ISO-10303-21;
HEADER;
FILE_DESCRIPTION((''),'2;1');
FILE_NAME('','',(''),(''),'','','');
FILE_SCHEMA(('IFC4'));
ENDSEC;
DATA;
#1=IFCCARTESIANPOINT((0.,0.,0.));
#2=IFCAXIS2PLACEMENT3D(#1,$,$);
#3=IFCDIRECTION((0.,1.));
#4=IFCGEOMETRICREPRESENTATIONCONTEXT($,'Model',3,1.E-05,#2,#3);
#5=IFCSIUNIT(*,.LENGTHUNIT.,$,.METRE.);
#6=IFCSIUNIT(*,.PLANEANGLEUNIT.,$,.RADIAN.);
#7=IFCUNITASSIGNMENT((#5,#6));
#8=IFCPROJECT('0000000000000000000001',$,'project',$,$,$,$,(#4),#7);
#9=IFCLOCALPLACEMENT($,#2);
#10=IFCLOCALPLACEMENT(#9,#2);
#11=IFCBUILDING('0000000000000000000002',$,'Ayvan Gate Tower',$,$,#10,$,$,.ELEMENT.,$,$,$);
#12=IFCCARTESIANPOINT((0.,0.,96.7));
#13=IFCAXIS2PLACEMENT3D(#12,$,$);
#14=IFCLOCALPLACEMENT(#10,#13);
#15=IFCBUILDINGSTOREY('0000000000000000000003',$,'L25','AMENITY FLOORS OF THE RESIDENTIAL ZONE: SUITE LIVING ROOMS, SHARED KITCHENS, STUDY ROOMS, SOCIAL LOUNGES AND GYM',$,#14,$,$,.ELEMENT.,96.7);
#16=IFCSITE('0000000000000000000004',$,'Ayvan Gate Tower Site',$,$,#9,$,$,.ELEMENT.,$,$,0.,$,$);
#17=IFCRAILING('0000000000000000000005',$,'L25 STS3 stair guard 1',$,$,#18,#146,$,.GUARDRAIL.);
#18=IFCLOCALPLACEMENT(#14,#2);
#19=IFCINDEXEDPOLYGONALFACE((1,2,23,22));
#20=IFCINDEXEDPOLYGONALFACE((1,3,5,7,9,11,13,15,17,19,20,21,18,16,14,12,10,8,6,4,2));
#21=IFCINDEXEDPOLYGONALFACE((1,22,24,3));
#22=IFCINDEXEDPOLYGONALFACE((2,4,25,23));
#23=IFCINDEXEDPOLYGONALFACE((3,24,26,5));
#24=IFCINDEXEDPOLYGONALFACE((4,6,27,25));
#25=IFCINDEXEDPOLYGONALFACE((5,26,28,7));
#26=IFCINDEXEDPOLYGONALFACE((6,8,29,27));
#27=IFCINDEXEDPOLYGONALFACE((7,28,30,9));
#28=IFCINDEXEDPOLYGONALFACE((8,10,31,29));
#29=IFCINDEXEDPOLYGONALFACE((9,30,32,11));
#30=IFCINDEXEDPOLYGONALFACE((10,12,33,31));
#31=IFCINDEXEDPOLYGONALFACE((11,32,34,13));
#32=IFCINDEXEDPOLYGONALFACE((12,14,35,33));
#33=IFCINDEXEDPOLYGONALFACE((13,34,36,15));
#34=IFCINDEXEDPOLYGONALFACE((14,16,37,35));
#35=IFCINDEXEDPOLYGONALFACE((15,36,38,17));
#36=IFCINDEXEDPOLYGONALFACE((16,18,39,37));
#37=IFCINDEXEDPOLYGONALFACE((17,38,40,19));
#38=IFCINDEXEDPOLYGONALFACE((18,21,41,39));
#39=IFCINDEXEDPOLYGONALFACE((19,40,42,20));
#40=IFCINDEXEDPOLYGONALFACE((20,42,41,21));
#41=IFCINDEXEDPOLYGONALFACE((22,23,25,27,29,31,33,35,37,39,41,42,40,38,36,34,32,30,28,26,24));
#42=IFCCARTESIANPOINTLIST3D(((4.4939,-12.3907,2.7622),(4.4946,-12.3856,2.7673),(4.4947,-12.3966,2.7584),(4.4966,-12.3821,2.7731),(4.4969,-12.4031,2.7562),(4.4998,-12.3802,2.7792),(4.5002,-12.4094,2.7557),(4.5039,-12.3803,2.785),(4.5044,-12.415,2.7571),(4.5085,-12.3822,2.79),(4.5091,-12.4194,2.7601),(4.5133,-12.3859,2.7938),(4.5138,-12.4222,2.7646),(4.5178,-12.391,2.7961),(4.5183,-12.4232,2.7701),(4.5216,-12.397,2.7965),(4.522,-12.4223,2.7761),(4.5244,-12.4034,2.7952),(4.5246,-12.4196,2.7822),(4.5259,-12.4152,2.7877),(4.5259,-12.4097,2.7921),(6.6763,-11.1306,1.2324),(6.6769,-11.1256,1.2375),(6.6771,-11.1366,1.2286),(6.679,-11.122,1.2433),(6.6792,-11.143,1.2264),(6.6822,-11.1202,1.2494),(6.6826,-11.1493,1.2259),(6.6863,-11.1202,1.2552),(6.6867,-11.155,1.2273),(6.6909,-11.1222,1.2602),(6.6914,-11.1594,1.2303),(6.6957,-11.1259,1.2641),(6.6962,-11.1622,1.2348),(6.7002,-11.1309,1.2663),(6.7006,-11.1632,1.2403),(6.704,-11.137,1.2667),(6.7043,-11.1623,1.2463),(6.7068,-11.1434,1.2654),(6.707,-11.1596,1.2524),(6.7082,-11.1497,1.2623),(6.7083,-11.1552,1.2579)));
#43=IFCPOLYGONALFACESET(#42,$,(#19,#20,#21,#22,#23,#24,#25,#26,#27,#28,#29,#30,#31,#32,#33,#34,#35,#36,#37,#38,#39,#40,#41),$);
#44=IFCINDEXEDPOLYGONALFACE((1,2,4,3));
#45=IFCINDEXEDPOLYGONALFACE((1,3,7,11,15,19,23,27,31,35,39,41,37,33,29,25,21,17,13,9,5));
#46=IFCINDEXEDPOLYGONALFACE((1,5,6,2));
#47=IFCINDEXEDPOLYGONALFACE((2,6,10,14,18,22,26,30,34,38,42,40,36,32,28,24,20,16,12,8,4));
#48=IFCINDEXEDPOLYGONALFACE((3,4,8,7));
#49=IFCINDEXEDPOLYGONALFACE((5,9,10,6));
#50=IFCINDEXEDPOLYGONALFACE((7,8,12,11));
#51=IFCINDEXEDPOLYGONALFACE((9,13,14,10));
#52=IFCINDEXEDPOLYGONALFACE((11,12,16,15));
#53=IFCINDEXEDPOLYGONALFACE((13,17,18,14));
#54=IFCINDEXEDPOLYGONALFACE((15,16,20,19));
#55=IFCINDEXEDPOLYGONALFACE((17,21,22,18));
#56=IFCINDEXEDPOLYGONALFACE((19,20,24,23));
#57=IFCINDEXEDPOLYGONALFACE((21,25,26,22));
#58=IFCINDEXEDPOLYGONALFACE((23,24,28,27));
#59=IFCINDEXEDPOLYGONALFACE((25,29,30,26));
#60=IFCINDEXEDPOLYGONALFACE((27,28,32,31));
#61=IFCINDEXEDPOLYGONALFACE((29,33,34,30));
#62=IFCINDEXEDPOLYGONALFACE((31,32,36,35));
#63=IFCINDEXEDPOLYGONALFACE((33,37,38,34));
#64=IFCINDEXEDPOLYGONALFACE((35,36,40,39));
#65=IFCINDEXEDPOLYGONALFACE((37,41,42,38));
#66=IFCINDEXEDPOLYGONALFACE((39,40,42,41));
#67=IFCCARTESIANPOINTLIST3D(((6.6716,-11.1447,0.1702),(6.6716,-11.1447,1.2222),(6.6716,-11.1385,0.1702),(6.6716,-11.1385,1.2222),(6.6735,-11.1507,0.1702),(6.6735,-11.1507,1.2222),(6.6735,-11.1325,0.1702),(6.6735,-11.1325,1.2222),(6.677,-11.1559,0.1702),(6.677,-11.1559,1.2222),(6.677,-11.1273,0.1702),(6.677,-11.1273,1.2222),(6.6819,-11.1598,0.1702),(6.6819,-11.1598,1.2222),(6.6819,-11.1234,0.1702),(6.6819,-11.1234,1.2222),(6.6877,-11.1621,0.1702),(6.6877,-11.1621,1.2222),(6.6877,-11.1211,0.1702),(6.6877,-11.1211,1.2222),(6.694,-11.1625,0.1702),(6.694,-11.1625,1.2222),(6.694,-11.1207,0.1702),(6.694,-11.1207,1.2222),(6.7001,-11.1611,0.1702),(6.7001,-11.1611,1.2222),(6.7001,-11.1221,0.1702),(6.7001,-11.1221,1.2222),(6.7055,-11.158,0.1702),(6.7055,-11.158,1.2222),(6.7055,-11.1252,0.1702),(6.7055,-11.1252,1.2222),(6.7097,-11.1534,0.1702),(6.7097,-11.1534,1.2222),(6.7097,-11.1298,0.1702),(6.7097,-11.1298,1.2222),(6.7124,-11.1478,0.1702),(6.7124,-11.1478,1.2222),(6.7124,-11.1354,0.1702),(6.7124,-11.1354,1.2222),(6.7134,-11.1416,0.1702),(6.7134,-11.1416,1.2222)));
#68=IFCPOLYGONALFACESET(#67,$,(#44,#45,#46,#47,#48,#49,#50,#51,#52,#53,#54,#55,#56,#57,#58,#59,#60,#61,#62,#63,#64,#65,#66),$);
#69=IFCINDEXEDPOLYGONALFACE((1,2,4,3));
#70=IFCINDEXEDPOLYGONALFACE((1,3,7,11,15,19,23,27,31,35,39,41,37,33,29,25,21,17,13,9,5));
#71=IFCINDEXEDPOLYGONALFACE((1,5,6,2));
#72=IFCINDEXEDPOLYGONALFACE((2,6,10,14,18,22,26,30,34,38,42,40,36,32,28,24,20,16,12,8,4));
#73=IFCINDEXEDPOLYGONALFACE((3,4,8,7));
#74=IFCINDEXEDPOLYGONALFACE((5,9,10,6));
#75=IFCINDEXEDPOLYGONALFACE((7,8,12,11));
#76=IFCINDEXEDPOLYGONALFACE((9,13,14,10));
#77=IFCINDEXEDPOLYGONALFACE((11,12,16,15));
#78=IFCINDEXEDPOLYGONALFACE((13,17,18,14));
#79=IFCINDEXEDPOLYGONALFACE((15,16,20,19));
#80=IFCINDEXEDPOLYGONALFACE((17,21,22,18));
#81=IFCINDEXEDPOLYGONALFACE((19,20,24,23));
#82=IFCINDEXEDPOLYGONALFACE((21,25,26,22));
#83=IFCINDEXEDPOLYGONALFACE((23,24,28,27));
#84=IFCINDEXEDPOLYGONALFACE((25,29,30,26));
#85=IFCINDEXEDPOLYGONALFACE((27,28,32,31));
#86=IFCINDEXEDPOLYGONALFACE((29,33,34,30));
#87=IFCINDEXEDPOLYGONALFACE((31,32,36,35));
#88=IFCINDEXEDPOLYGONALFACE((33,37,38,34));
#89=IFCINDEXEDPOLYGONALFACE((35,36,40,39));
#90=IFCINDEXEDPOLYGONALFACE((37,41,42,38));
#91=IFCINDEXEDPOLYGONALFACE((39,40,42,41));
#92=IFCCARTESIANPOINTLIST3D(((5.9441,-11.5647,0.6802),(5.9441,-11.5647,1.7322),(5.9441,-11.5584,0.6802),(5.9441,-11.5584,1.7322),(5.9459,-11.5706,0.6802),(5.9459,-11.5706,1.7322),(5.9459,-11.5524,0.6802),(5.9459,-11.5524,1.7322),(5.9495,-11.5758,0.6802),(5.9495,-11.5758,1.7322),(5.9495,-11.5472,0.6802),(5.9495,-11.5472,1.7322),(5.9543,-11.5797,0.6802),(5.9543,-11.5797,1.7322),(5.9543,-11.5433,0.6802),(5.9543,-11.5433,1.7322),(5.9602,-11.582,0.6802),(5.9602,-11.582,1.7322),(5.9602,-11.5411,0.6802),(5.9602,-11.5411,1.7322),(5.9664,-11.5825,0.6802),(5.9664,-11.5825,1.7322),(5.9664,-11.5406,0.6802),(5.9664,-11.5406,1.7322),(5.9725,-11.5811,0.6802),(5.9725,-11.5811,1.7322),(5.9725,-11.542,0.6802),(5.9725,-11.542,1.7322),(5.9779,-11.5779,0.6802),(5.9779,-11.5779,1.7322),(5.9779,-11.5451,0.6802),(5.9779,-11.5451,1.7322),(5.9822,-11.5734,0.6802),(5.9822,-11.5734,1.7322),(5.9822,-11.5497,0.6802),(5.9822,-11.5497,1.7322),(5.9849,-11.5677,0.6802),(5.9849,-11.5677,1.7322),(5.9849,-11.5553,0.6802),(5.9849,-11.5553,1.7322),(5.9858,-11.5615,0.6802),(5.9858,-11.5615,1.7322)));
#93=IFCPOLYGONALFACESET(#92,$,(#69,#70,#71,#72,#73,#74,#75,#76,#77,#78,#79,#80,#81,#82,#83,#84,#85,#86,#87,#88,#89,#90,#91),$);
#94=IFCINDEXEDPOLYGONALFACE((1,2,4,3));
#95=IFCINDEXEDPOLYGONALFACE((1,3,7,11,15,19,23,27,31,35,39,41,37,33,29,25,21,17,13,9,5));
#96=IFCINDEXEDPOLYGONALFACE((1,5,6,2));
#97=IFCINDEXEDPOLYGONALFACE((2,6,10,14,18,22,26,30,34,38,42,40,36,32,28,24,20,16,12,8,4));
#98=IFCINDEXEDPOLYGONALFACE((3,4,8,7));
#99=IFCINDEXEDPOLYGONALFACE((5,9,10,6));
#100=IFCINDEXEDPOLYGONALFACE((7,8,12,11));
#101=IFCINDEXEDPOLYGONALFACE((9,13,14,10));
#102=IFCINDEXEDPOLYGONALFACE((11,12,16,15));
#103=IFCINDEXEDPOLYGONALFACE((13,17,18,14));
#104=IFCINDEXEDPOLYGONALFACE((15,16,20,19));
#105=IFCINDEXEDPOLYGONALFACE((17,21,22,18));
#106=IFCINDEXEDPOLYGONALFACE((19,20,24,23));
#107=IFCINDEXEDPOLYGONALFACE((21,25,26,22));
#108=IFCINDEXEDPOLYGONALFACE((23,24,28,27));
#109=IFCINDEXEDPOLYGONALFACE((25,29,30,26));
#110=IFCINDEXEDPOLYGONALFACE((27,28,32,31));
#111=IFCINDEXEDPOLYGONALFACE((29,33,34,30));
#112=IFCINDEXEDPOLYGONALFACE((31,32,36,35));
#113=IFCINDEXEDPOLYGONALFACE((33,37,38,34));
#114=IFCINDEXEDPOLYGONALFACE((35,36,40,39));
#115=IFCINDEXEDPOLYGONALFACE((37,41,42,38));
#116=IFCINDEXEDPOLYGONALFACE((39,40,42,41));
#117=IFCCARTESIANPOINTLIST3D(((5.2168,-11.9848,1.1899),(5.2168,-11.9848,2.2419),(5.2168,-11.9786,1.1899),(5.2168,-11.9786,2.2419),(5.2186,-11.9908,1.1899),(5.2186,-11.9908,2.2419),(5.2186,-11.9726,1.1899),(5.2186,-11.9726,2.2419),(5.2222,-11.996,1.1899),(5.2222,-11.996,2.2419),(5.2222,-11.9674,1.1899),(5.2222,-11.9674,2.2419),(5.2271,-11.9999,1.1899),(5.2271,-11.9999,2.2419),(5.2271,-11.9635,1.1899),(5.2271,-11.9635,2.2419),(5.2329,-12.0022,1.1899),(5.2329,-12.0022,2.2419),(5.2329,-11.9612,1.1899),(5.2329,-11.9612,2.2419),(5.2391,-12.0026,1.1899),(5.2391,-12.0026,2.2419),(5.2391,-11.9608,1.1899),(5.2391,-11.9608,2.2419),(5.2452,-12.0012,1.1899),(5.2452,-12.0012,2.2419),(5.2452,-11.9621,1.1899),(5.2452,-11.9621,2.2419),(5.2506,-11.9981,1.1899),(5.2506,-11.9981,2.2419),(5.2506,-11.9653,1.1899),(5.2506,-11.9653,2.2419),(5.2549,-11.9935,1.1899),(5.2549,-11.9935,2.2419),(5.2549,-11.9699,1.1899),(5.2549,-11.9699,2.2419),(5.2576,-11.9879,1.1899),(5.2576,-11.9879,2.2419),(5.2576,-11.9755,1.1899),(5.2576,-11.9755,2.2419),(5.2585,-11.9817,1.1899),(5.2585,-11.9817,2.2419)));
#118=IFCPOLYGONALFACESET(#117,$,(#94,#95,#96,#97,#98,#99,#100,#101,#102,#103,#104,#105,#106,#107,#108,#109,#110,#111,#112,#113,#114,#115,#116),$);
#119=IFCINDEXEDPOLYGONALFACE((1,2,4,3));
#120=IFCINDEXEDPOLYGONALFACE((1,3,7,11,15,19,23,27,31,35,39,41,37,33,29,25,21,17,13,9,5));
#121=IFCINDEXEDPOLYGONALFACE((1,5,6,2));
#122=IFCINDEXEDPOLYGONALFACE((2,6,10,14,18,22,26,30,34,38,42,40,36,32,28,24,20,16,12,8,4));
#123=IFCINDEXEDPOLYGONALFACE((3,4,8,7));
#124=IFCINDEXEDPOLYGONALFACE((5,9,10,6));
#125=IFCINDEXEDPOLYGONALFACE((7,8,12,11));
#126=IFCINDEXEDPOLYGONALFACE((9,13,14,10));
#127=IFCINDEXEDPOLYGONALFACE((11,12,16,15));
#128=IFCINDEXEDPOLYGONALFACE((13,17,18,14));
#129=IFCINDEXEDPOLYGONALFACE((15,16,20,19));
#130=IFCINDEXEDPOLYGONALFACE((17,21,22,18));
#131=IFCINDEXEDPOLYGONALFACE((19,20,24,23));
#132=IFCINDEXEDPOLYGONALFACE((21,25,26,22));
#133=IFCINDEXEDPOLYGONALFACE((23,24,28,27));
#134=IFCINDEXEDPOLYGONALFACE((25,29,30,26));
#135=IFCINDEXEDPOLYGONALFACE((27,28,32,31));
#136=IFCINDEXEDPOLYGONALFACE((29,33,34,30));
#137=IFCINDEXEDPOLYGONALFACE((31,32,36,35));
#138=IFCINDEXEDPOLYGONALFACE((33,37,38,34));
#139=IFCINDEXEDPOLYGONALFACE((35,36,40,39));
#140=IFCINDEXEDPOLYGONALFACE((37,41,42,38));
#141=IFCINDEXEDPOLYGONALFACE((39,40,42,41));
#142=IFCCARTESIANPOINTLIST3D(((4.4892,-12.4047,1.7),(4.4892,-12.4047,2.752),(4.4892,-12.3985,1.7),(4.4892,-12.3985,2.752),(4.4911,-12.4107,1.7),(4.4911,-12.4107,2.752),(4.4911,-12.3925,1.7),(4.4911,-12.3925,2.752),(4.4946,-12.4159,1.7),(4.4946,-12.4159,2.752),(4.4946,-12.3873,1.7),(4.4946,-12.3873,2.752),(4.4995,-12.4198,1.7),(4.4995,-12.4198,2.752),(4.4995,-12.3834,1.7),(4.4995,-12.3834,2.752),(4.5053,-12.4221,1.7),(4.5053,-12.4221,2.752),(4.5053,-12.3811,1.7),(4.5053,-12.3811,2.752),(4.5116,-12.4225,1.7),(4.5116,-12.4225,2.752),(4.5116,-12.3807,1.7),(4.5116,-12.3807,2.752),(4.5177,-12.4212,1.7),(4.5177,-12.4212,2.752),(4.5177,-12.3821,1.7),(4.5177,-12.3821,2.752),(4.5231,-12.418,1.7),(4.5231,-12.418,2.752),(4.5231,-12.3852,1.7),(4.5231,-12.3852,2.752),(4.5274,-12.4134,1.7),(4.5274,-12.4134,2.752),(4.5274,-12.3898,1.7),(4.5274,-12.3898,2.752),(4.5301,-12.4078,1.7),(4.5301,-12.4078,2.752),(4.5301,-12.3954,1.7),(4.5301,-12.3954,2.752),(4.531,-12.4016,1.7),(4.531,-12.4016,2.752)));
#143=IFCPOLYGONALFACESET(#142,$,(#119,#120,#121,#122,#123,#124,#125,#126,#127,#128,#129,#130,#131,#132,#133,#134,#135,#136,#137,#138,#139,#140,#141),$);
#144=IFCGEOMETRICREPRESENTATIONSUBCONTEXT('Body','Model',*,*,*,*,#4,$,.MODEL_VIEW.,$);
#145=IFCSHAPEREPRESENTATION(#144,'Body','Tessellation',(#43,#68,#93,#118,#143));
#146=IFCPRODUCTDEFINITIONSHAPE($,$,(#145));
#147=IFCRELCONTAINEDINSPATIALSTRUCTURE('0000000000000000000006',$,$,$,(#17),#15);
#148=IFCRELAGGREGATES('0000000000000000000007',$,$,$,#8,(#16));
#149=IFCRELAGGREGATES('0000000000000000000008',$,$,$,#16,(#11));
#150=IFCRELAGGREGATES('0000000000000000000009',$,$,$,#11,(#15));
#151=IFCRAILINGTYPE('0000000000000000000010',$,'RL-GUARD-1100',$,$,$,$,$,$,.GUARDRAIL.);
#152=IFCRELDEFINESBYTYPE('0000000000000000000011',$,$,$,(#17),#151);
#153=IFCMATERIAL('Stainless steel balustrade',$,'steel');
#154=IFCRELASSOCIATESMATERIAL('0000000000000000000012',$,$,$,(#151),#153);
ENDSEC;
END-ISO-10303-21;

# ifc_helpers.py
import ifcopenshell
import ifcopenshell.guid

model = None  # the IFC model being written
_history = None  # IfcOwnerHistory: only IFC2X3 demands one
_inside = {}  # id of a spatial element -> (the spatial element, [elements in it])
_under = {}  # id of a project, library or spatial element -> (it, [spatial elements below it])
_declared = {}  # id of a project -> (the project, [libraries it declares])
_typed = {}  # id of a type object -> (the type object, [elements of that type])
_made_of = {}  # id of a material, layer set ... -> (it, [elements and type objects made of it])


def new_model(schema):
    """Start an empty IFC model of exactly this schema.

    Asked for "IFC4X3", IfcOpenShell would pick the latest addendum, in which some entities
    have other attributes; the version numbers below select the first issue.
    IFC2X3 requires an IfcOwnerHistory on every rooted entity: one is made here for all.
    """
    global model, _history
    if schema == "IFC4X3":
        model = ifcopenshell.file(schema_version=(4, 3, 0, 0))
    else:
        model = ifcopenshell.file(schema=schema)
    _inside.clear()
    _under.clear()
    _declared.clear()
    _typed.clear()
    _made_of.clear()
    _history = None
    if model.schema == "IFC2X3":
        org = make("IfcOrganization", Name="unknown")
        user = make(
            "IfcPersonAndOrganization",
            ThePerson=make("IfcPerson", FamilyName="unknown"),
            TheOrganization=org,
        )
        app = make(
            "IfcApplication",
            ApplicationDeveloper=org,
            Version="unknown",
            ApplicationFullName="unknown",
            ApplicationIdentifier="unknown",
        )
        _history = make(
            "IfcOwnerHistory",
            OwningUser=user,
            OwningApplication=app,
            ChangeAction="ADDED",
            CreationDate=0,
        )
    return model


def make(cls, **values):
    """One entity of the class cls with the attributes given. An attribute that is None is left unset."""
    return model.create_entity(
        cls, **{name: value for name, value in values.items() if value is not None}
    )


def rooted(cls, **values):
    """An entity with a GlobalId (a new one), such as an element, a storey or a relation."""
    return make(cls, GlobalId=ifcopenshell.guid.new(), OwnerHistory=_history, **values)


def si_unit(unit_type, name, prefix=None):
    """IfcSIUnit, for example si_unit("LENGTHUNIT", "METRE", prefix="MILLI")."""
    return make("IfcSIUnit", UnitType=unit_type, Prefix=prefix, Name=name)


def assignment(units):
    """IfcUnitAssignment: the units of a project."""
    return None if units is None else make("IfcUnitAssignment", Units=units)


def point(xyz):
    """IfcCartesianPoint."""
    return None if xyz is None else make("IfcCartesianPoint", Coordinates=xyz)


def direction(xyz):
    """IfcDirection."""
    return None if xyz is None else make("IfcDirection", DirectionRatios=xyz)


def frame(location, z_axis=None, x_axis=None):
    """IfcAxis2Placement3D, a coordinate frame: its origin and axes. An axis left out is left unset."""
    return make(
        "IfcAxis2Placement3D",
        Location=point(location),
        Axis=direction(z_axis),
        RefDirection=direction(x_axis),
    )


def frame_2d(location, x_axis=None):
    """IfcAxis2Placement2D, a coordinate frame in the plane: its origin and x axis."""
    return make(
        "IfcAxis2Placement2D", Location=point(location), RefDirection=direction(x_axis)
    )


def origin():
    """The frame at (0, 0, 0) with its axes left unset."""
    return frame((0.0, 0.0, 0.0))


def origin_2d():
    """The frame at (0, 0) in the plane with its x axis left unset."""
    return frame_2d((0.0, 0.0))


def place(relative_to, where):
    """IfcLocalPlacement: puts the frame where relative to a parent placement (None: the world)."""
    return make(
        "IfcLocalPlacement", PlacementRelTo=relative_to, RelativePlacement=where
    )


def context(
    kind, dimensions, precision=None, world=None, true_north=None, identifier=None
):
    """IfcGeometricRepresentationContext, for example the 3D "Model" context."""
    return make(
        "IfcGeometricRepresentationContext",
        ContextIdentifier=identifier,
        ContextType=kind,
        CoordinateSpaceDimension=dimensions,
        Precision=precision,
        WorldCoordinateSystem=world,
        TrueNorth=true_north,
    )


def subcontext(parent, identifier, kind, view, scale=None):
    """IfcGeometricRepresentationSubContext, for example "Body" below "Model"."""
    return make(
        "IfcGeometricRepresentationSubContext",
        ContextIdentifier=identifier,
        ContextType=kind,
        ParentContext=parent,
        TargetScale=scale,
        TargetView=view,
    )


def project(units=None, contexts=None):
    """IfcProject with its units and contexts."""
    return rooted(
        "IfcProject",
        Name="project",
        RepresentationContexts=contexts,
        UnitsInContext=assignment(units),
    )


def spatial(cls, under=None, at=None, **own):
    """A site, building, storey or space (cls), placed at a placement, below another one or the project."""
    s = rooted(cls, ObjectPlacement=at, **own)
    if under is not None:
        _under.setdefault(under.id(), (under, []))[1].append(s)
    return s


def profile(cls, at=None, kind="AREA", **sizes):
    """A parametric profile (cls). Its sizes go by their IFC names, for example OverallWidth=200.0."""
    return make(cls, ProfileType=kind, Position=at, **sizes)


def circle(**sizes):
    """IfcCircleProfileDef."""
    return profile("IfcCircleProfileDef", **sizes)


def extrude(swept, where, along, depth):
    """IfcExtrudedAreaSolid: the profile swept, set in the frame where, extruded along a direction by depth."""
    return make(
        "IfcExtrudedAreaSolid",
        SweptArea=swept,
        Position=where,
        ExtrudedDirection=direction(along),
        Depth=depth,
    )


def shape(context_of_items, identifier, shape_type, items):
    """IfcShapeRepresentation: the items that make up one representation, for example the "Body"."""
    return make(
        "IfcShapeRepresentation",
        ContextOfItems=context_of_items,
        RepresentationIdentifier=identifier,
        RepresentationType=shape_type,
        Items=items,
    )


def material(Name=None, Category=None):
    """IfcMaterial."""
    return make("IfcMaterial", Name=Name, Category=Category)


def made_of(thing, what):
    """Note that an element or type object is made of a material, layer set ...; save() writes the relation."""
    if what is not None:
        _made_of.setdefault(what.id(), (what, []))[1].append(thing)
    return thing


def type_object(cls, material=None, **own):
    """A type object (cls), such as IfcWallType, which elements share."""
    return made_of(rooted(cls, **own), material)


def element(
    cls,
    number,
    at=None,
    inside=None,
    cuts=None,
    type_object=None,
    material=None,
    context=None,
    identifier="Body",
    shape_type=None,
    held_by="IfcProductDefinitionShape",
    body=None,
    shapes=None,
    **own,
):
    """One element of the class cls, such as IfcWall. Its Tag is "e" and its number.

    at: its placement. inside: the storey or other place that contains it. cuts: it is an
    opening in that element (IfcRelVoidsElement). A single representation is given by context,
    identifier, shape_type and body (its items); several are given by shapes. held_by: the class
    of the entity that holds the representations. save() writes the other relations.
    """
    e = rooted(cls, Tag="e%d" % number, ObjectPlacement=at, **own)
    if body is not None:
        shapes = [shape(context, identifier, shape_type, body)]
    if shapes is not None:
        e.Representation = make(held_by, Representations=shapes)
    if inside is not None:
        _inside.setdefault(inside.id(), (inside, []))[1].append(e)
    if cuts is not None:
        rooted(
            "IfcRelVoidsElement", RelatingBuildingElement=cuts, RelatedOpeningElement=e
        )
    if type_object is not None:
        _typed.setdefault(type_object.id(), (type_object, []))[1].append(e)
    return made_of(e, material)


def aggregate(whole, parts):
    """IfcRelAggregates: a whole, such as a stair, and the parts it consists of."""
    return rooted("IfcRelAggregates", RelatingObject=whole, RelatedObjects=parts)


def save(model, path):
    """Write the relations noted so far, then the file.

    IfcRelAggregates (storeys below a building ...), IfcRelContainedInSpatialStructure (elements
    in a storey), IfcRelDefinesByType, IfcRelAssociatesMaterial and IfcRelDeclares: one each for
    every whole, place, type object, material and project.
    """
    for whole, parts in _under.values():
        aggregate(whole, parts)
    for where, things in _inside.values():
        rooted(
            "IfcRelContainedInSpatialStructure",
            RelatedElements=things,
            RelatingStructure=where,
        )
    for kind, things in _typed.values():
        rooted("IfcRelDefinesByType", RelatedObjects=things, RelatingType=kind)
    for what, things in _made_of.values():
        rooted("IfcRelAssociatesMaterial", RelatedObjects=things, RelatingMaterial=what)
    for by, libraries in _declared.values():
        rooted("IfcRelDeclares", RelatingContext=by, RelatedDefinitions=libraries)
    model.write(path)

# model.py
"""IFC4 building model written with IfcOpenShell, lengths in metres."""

from ifc_helpers import new_model, si_unit, direction, frame, origin, origin_2d, place, context, subcontext, project, spatial, circle, extrude, material, type_object, element, save


model = new_model("IFC4")

# Units and contexts
model_context = context("Model", 3, precision=1e-05, world=origin(), true_north=direction((0.0, 1.0)))
body_context = subcontext(model_context, "Body", "Model", "MODEL_VIEW")
ifc_project = project(units=[si_unit("LENGTHUNIT", "METRE"), si_unit("PLANEANGLEUNIT", "RADIAN")], contexts=[model_context])

# Site, building, storey
site_placement = place(None, origin())
site = spatial("IfcSite", under=ifc_project, at=site_placement, Name="Ayvan Gate Tower Site", CompositionType="ELEMENT", RefElevation=0.0)
building_placement = place(site_placement, origin())
building = spatial("IfcBuilding", under=site, at=building_placement, Name="Ayvan Gate Tower", CompositionType="ELEMENT")
storey_placement = place(building_placement, frame((0.0, 0.0, 96.7)))
storey = spatial("IfcBuildingStorey", under=building, at=storey_placement, Name="L25", Description="AMENITY FLOORS OF THE RESIDENTIAL ZONE: SUITE LIVING ROOMS, SHARED KITCHENS, STUDY ROOMS, SOCIAL LOUNGES AND GYM", CompositionType="ELEMENT", Elevation=96.7)

# Railing
ifc_material_1 = material(Name="Stainless steel balustrade", Category="steel")
railing_type_1 = type_object("IfcRailingType", Name="RL-GUARD-1100", PredefinedType="GUARDRAIL", material=ifc_material_1)
railing_1_placement = place(storey_placement, frame((6.6924, -11.1416, 0.1702)))
element("IfcRailing", 1, at=railing_1_placement, inside=storey, type_object=railing_type_1, Name="L25 STS3 stair guard 1", PredefinedType="GUARDRAIL", context=body_context, shape_type="SweptSolid", body=[
    extrude(circle(Radius=0.0239, at=origin_2d()), frame((0.0, 0.0, 1.0762), z_axis=(-0.740293, -0.427414, 0.518926), x_axis=(0.500005, -0.866023, 0.0)), (0.0, 0.0, 1.0), 2.948),
    extrude(circle(Radius=0.021, at=origin_2d()), origin(), (0.0, 0.0, 1.0), 1.052),
    extrude(circle(Radius=0.021, at=origin_2d()), frame((-0.7275, -0.4199, 0.51)), (0.0, 0.0, 1.0), 1.052),
    extrude(circle(Radius=0.021, at=origin_2d()), frame((-1.4548, -0.8401, 1.0198)), (0.0, 0.0, 1.0), 1.052),
    extrude(circle(Radius=0.021, at=origin_2d()), frame((-2.1824, -1.26, 1.5298)), (0.0, 0.0, 1.0), 1.052),
])

save(model, "model.ifc")
